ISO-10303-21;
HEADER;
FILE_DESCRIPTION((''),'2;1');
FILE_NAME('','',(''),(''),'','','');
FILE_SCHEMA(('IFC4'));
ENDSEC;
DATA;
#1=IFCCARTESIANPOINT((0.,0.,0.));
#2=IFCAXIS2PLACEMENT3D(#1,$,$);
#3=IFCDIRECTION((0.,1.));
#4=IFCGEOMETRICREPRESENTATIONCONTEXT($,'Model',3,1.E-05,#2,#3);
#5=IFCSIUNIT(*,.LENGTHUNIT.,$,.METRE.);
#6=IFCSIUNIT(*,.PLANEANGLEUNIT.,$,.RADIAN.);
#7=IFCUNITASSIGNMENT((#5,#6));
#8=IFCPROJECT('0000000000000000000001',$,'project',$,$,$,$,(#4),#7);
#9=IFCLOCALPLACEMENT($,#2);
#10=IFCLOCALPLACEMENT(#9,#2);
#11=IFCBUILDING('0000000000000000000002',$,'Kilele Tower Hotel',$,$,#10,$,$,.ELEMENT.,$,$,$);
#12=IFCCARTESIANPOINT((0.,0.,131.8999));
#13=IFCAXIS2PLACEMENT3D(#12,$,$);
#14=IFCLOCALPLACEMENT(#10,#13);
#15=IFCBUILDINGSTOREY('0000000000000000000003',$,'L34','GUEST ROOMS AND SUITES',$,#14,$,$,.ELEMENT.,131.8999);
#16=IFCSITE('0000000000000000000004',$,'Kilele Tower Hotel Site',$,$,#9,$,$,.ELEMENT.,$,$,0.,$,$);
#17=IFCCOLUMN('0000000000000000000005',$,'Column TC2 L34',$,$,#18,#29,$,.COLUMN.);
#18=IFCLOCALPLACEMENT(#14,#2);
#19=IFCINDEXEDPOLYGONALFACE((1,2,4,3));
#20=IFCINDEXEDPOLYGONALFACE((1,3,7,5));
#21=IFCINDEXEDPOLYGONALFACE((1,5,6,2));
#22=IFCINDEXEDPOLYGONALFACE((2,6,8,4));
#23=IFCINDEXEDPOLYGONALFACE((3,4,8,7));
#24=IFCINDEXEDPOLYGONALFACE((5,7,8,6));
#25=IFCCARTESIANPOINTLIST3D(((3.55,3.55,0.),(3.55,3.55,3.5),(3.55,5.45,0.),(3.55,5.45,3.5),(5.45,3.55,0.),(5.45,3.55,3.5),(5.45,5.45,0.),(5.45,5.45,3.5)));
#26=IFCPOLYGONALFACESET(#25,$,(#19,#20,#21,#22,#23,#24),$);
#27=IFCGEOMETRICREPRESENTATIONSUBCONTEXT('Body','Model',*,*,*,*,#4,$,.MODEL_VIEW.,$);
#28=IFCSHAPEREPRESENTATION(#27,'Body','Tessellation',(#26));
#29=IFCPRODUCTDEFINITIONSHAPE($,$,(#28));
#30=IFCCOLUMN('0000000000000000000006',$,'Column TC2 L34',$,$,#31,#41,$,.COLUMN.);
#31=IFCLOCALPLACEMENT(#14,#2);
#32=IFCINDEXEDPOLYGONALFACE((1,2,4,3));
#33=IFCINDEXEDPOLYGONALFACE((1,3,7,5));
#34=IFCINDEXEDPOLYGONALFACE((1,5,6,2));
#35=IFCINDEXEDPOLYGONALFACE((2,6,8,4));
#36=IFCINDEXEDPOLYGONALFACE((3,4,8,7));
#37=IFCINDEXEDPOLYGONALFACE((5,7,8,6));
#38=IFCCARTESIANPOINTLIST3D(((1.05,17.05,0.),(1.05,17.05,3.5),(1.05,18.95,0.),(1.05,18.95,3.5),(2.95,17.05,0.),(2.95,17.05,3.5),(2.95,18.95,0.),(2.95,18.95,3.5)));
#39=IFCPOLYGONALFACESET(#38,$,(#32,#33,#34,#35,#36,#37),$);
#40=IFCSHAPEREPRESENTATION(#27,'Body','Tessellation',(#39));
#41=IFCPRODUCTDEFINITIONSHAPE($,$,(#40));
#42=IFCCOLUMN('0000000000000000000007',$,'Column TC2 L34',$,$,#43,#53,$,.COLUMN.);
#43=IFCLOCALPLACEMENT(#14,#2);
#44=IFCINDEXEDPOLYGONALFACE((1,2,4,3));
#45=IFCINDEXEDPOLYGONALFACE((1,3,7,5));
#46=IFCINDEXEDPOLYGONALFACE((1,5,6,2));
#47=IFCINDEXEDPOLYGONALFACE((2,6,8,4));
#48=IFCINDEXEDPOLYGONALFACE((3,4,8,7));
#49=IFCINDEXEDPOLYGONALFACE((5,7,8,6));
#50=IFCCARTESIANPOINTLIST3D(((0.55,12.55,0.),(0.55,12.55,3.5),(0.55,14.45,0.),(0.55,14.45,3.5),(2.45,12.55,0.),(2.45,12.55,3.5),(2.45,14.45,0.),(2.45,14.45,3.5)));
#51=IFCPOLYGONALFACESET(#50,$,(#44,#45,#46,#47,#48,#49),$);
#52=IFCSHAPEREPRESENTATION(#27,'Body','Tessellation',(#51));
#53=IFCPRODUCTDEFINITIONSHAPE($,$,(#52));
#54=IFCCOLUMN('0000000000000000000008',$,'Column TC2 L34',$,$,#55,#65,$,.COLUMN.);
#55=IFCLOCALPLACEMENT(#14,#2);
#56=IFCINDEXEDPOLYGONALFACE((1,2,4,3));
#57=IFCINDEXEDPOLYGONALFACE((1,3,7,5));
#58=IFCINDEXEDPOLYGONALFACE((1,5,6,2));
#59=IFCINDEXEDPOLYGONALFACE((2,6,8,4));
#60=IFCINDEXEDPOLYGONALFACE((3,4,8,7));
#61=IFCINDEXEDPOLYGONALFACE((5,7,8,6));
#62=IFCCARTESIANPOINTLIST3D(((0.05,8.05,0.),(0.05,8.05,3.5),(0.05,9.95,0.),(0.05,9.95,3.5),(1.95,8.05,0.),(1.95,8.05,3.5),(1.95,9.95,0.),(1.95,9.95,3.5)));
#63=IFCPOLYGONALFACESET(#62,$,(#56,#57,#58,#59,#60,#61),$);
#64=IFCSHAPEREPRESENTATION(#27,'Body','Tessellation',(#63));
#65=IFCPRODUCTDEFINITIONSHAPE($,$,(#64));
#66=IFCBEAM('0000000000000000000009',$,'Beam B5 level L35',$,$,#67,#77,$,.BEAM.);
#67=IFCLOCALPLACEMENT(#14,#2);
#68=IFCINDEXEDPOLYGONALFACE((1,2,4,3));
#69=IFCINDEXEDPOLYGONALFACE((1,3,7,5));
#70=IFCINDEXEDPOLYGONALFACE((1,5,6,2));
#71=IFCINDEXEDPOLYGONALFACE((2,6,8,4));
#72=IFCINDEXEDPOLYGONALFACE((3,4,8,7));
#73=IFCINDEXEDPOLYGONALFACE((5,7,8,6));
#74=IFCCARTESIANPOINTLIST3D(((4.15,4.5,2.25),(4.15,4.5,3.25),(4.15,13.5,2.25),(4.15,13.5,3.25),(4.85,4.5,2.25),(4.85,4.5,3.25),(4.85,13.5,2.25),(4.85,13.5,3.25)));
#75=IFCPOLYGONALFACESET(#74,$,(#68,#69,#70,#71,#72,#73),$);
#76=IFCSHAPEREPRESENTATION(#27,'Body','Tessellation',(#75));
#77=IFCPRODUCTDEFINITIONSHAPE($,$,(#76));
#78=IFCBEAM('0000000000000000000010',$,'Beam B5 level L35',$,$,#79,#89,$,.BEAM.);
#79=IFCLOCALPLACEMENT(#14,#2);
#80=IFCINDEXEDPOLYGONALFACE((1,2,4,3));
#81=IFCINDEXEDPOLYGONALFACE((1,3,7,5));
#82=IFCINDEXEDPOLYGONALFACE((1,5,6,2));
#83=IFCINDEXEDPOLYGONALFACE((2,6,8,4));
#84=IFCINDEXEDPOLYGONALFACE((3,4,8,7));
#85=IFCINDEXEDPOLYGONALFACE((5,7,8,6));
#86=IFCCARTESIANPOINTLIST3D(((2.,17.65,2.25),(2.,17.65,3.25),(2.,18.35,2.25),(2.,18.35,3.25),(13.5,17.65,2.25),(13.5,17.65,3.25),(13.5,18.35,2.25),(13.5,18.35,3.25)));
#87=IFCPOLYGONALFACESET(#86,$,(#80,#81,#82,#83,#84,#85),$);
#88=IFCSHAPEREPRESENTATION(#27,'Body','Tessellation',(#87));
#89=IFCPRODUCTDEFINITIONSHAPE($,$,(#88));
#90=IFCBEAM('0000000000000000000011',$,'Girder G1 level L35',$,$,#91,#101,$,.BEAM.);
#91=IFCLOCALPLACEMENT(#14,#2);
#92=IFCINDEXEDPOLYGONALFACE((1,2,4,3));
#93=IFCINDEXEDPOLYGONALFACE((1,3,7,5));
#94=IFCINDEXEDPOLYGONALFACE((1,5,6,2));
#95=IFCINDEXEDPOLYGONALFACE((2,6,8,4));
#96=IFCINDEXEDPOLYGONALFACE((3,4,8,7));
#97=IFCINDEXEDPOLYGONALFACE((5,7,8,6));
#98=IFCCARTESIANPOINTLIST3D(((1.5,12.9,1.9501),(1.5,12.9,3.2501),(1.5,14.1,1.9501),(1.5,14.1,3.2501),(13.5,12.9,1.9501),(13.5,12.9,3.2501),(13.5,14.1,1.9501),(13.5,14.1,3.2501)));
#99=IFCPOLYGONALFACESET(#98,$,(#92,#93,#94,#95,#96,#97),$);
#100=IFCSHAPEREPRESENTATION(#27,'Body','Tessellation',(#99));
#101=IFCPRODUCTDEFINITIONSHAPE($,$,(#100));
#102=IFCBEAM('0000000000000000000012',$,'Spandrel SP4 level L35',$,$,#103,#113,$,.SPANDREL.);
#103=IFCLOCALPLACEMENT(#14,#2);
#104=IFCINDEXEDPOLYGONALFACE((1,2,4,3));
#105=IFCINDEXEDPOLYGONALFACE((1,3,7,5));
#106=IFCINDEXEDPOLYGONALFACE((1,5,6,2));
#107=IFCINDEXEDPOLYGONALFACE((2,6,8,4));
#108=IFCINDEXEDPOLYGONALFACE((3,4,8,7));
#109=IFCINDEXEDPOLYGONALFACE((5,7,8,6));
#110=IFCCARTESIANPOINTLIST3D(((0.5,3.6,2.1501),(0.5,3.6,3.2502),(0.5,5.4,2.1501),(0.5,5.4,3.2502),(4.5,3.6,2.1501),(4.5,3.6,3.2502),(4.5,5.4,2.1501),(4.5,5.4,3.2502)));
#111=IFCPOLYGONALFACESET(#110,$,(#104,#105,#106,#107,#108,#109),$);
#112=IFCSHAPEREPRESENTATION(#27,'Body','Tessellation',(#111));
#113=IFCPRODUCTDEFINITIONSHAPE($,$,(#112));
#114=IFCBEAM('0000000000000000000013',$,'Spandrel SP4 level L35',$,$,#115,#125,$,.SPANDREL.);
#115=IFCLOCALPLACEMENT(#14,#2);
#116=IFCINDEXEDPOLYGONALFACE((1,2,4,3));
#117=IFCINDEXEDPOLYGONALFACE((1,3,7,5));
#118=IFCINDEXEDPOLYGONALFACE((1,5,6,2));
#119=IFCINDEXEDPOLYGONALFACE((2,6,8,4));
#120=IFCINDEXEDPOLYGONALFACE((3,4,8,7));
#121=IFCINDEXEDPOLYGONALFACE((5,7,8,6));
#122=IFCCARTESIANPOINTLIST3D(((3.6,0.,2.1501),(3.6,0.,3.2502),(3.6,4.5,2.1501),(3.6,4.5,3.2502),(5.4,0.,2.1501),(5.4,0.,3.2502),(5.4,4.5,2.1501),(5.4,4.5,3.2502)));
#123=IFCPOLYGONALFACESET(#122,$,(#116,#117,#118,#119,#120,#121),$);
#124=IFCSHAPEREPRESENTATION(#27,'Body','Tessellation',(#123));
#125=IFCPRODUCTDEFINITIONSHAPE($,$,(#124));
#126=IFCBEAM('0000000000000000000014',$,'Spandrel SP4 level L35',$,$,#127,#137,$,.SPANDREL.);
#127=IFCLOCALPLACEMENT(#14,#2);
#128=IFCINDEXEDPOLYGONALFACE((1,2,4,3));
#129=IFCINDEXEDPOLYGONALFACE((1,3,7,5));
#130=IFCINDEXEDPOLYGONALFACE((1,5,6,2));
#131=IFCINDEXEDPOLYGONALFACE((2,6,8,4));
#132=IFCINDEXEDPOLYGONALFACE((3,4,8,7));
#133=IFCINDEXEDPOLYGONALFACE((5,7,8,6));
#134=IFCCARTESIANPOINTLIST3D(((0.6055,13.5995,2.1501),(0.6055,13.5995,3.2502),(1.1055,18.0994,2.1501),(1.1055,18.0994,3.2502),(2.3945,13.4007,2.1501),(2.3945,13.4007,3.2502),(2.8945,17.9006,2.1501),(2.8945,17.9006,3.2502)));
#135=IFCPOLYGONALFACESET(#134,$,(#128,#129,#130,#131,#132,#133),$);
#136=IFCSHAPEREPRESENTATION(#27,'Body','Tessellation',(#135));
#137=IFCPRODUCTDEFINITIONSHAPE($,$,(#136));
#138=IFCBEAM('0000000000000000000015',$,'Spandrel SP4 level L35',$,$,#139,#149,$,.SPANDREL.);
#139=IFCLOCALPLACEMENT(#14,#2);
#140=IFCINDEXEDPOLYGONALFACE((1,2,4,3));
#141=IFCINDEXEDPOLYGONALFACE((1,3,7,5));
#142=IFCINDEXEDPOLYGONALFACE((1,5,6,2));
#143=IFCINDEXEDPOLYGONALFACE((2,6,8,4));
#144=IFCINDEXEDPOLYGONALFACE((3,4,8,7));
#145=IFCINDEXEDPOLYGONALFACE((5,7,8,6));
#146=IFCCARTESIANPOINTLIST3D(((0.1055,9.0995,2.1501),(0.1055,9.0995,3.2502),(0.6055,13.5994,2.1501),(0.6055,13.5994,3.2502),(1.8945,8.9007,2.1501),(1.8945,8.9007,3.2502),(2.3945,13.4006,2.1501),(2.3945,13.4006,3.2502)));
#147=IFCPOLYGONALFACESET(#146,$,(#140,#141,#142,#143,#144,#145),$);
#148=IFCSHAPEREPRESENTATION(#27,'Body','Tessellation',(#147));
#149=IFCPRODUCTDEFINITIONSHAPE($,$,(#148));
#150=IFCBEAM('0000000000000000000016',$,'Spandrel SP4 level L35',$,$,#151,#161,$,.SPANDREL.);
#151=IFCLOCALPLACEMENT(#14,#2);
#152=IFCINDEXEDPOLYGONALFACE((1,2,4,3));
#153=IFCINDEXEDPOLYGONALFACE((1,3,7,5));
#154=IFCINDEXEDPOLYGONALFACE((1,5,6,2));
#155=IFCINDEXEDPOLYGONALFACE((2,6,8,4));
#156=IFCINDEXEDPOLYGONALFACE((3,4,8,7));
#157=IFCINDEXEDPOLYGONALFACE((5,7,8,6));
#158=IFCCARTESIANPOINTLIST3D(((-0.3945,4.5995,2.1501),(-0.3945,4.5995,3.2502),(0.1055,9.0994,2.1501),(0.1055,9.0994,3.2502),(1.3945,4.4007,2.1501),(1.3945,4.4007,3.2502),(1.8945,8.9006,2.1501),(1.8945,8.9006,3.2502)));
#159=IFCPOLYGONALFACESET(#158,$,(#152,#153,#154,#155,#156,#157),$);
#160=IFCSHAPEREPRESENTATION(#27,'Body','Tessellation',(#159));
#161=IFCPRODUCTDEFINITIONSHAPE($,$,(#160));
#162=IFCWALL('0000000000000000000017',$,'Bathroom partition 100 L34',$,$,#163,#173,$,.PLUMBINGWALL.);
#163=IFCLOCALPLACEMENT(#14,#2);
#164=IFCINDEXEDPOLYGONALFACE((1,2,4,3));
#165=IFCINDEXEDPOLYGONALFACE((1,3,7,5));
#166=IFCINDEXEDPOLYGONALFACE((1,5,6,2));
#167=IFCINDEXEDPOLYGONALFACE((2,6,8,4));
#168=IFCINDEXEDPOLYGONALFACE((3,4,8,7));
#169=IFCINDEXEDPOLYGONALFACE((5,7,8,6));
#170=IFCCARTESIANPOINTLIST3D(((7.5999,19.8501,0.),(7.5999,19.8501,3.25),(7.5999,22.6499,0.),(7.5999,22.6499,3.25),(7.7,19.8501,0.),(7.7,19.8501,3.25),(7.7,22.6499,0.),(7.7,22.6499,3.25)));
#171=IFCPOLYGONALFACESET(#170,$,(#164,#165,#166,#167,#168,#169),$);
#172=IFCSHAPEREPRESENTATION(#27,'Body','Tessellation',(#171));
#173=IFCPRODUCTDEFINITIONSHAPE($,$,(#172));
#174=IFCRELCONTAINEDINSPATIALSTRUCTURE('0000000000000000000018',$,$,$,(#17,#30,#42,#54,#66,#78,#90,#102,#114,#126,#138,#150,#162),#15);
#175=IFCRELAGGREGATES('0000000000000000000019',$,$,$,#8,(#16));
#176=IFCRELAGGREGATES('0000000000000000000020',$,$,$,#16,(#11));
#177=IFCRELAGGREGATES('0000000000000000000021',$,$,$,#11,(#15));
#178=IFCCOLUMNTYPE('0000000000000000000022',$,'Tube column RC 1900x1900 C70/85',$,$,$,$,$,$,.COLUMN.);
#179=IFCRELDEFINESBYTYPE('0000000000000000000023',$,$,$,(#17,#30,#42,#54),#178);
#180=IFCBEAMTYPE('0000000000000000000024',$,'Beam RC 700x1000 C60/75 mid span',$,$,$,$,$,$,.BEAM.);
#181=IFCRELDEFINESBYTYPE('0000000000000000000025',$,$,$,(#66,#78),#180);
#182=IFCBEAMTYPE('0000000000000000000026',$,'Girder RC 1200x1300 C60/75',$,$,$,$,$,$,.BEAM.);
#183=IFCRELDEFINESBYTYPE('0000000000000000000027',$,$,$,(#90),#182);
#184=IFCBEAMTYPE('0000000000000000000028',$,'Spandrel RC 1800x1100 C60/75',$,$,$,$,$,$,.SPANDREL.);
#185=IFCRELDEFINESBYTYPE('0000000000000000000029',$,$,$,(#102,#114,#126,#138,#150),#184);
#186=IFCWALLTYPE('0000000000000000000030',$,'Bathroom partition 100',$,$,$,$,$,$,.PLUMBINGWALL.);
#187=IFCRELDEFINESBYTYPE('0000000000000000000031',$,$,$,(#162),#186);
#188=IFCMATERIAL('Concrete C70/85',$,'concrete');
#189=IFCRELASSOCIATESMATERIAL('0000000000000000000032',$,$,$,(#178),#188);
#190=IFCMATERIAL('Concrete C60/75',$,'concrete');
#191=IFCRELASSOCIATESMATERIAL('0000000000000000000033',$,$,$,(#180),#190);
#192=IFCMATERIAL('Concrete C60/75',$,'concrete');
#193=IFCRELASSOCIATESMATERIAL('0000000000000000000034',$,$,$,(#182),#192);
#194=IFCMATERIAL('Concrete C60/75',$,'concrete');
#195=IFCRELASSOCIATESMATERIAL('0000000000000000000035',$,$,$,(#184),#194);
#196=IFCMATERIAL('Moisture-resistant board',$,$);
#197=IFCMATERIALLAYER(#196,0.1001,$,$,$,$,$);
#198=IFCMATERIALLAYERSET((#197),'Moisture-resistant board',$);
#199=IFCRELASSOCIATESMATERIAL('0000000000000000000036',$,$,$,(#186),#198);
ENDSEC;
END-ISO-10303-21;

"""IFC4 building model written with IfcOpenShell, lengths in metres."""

from ifc_helpers import new_model, si_unit, direction, frame, frame_2d, origin, origin_2d, place, context, subcontext, project, spatial, rectangle, extrude, material, layer, layer_set, material_profile, profile_set, type_object, element, save


model = new_model("IFC4")

# Units and contexts
model_context = context("Model", 3, precision=1e-05, world=origin(), true_north=direction((0.0, 1.0)))
body_context = subcontext(model_context, "Body", "Model", "MODEL_VIEW")
ifc_project = project(units=[si_unit("LENGTHUNIT", "METRE"), si_unit("PLANEANGLEUNIT", "RADIAN")], contexts=[model_context])

# Site, building, storey
site_placement = place(None, origin())
site = spatial("IfcSite", under=ifc_project, at=site_placement, Name="Kilele Tower Hotel Site", CompositionType="ELEMENT", RefElevation=0.0)
building_placement = place(site_placement, origin())
building = spatial("IfcBuilding", under=site, at=building_placement, Name="Kilele Tower Hotel", CompositionType="ELEMENT")
storey_placement = place(building_placement, frame((0.0, 0.0, 131.8999)))
storey = spatial("IfcBuildingStorey", under=building, at=storey_placement, Name="L34", Description="GUEST ROOMS AND SUITES", CompositionType="ELEMENT", Elevation=131.8999)

# Columns
ifc_material_1 = material(Name="Concrete C70/85", Category="concrete")
ifc_material_profile_1 = material_profile(ifc_material_1, rectangle(XDim=1.8999, YDim=1.8999, at=origin_2d()))
ifc_profile_set_1 = profile_set([ifc_material_profile_1], Name="Concrete C70/85")
column_type = type_object("IfcColumnType", Name="Tube column RC 1900x1900 C70/85", PredefinedType="COLUMN", material=ifc_profile_set_1)
for number, where, z_axis, x_axis, name in (
    (1, (4.5, 4.5, 0.0), (0.0, 0.0, 1.0), (1.0, 0.0, 0.0), "Column TC2 L34"),
    (2, (2.0, 18.0, 0.0), (0.0, 0.0, 1.0), (1.0, 0.0, 0.0), "Column TC2 L34"),
    (3, (1.5, 13.5, 0.0), (0.0, 0.0, 1.0), (1.0, 0.0, 0.0), "Column TC2 L34"),
    (4, (1.0, 9.0, 0.0), (0.0, 0.0, 1.0), (1.0, 0.0, 0.0), "Column TC2 L34"),
):
    element("IfcColumn", number, at=place(storey_placement, frame(where, z_axis=z_axis, x_axis=x_axis)), inside=storey, type_object=column_type, Name=name, PredefinedType="COLUMN", context=body_context, shape_type="SweptSolid", body=[
        extrude(rectangle(XDim=1.8999, YDim=1.8999, at=origin_2d()), origin(), (0.0, 0.0, 1.0), 3.5),
    ])

# Beams
ifc_material_2 = material(Name="Concrete C60/75", Category="concrete")
ifc_material_profile_2 = material_profile(ifc_material_2, rectangle(XDim=0.7, YDim=1.0, at=origin_2d()))
ifc_profile_set_2 = profile_set([ifc_material_profile_2], Name="Concrete C60/75")
beam_type_1 = type_object("IfcBeamType", Name="Beam RC 700x1000 C60/75 mid span", PredefinedType="BEAM", material=ifc_profile_set_2)
beam_1_placement = place(storey_placement, frame((4.5, 4.5, 2.75), z_axis=(0.0, 1.0, 0.0), x_axis=(-1.0, 0.0, 0.0)))
element("IfcBeam", 5, at=beam_1_placement, inside=storey, type_object=beam_type_1, Name="Beam B5 level L35", PredefinedType="BEAM", context=body_context, shape_type="SweptSolid", body=[
    extrude(rectangle(XDim=0.7, YDim=1.0, at=origin_2d()), origin(), (0.0, 0.0, 1.0), 9.0),
])
beam_2_placement = place(storey_placement, frame((2.0, 18.0, 2.75), z_axis=(1.0, 0.0, 0.0), x_axis=(0.0, 1.0, 0.0)))
element("IfcBeam", 6, at=beam_2_placement, inside=storey, type_object=beam_type_1, Name="Beam B5 level L35", PredefinedType="BEAM", context=body_context, shape_type="SweptSolid", body=[
    extrude(rectangle(XDim=0.7, YDim=1.0, at=origin_2d()), origin(), (0.0, 0.0, 1.0), 11.5),
])
ifc_material_3 = material(Name="Concrete C60/75", Category="concrete")
ifc_material_profile_3 = material_profile(ifc_material_3, rectangle(XDim=1.2, YDim=1.3, at=origin_2d()))
ifc_profile_set_3 = profile_set([ifc_material_profile_3], Name="Concrete C60/75")
beam_type_2 = type_object("IfcBeamType", Name="Girder RC 1200x1300 C60/75", PredefinedType="BEAM", material=ifc_profile_set_3)
beam_3_placement = place(storey_placement, frame((1.5, 13.5, 2.6001), z_axis=(1.0, 0.0, 0.0), x_axis=(0.0, 1.0, 0.0)))
element("IfcBeam", 7, at=beam_3_placement, inside=storey, type_object=beam_type_2, Name="Girder G1 level L35", PredefinedType="BEAM", context=body_context, shape_type="SweptSolid", body=[
    extrude(rectangle(XDim=1.2, YDim=1.3, at=origin_2d()), origin(), (0.0, 0.0, 1.0), 12.0),
])
ifc_material_4 = material(Name="Concrete C60/75", Category="concrete")
ifc_material_profile_4 = material_profile(ifc_material_4, rectangle(XDim=1.8, YDim=1.1001, at=origin_2d()))
ifc_profile_set_4 = profile_set([ifc_material_profile_4], Name="Concrete C60/75")
beam_type_3 = type_object("IfcBeamType", Name="Spandrel RC 1800x1100 C60/75", PredefinedType="SPANDREL", material=ifc_profile_set_4)
beam_4_placement = place(storey_placement, frame((0.5, 4.5, 2.7002), z_axis=(1.0, 0.0, 0.0), x_axis=(0.0, 1.0, 0.0)))
element("IfcBeam", 8, at=beam_4_placement, inside=storey, type_object=beam_type_3, Name="Spandrel SP4 level L35", PredefinedType="SPANDREL", context=body_context, shape_type="SweptSolid", body=[
    extrude(rectangle(XDim=1.8, YDim=1.1001, at=origin_2d()), origin(), (0.0, 0.0, 1.0), 4.0),
])
beam_5_placement = place(storey_placement, frame((4.5, 4.5, 2.7002), z_axis=(0.0, -1.0, 0.0), x_axis=(1.0, 0.0, 0.0)))
element("IfcBeam", 9, at=beam_5_placement, inside=storey, type_object=beam_type_3, Name="Spandrel SP4 level L35", PredefinedType="SPANDREL", context=body_context, shape_type="SweptSolid", body=[
    extrude(rectangle(XDim=1.8, YDim=1.1001, at=origin_2d()), origin(), (0.0, 0.0, 1.0), 4.5),
])
for number, where, z_axis, x_axis, name in (
    (10, (2.0, 18.0, 2.7002), (-0.110432, -0.993884, 0.0), (0.993884, -0.110432, 0.0), "Spandrel SP4 level L35"),
    (11, (1.5, 13.5, 2.7002), (-0.110432, -0.993884, 0.0), (0.993884, -0.110432, 0.0), "Spandrel SP4 level L35"),
    (12, (1.0, 9.0, 2.7002), (-0.110432, -0.993884, 0.0), (0.993884, -0.110432, 0.0), "Spandrel SP4 level L35"),
):
    element("IfcBeam", number, at=place(storey_placement, frame(where, z_axis=z_axis, x_axis=x_axis)), inside=storey, type_object=beam_type_3, Name=name, PredefinedType="SPANDREL", context=body_context, shape_type="SweptSolid", body=[
        extrude(rectangle(XDim=1.8, YDim=1.1001, at=origin_2d()), origin(), (0.0, 0.0, 1.0), 4.5276),
    ])

# Wall
ifc_material_5 = material(Name="Moisture-resistant board")
ifc_layer_1 = layer(ifc_material_5, 0.1001)
ifc_layer_set_1 = layer_set([ifc_layer_1], Name="Moisture-resistant board")
wall_type_1 = type_object("IfcWallType", Name="Bathroom partition 100", PredefinedType="PLUMBINGWALL", material=ifc_layer_set_1)
wall_1_placement = place(storey_placement, frame((7.6499, 19.8501, 0.0), z_axis=(0.0, 0.0, 1.0), x_axis=(0.0, 1.0, 0.0)))
element("IfcWall", 13, at=wall_1_placement, inside=storey, type_object=wall_type_1, Name="Bathroom partition 100 L34", PredefinedType="PLUMBINGWALL", context=body_context, shape_type="SweptSolid", body=[
    extrude(rectangle(XDim=2.7998, YDim=0.1001, at=frame_2d((1.3999, 0.0))), origin(), (0.0, 0.0, 1.0), 3.25),
])

save(model, "model.ifc")
